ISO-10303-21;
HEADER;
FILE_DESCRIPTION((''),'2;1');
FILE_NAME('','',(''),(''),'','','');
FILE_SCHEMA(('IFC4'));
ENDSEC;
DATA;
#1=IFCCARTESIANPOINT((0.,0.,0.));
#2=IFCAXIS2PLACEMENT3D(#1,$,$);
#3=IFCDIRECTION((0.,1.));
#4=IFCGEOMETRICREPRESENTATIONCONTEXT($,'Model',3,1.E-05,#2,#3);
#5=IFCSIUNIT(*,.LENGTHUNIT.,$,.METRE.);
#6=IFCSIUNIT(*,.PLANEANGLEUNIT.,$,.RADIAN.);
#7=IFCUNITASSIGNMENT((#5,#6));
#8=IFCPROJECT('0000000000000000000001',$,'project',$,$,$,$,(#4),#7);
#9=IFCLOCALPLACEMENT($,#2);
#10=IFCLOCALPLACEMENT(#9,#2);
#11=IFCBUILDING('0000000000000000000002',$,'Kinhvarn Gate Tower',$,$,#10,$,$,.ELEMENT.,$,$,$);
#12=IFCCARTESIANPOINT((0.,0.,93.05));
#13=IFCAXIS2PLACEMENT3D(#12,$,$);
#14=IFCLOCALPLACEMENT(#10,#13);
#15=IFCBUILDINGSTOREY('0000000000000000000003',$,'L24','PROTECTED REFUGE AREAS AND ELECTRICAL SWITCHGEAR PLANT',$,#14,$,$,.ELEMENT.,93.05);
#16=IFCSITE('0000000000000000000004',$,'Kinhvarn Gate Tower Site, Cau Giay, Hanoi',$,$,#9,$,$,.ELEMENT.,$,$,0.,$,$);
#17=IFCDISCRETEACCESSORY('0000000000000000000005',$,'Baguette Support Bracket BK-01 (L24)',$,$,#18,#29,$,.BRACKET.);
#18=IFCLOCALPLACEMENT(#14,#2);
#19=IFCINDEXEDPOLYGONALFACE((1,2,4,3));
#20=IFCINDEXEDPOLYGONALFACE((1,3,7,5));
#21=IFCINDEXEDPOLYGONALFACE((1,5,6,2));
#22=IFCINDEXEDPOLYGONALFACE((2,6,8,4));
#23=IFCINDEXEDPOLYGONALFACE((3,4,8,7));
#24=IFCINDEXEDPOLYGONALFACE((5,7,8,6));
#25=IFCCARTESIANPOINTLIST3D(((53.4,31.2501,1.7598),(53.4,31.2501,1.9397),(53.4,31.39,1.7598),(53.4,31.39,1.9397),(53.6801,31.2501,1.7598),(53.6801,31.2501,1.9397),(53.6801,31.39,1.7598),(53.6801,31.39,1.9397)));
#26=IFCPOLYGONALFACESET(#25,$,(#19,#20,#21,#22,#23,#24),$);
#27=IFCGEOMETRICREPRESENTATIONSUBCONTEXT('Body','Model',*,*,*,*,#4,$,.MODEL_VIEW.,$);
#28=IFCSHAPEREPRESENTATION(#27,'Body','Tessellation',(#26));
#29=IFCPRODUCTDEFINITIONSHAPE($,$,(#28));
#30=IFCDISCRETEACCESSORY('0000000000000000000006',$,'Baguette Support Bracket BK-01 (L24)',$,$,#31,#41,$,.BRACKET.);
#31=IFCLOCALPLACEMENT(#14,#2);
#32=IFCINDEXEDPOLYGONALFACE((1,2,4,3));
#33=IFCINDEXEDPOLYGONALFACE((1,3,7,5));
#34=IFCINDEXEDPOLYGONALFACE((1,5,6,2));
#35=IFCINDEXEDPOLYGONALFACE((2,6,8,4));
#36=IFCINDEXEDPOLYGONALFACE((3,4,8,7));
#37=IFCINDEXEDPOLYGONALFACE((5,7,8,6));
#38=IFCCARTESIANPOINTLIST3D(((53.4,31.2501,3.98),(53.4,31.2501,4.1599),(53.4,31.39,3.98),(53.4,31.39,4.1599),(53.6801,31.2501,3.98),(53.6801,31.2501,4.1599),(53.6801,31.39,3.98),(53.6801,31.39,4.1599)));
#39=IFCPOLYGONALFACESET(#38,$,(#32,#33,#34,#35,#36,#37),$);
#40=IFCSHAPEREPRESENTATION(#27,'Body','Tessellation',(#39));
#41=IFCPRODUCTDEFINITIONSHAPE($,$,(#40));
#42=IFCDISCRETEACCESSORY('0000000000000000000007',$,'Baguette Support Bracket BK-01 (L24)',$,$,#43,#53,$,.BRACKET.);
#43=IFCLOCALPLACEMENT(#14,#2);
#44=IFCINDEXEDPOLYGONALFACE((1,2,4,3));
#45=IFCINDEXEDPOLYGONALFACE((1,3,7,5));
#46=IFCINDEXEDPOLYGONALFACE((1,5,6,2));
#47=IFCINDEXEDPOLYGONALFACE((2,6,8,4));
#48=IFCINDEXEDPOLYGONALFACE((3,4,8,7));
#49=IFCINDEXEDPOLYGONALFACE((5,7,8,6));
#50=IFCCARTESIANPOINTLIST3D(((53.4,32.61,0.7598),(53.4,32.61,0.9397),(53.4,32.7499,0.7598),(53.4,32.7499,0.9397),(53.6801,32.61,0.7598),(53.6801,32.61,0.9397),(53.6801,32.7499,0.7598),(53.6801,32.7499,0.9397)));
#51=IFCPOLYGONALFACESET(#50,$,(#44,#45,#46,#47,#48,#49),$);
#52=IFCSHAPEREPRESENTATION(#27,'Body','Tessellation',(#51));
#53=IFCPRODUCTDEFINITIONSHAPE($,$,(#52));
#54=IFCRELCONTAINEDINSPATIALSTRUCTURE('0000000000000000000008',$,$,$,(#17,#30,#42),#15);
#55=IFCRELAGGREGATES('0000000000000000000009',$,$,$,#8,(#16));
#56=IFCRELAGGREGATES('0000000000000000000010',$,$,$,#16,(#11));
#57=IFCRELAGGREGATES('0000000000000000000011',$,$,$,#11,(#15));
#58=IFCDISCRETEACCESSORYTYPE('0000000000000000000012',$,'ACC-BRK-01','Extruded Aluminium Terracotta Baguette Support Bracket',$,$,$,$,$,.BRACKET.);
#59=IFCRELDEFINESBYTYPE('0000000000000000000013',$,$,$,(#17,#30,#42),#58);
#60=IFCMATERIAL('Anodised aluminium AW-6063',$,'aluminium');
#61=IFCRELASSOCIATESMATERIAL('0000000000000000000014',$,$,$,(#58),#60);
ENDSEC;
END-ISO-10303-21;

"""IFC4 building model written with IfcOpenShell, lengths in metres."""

from ifc_helpers import new_model, si_unit, direction, frame, origin, origin_2d, place, context, subcontext, project, spatial, rectangle, extrude, material, type_object, element, save


model = new_model("IFC4")

# Units and contexts
model_context = context("Model", 3, precision=1e-05, world=origin(), true_north=direction((0.0, 1.0)))
body_context = subcontext(model_context, "Body", "Model", "MODEL_VIEW")
ifc_project = project(units=[si_unit("LENGTHUNIT", "METRE"), si_unit("PLANEANGLEUNIT", "RADIAN")], contexts=[model_context])

# Site, building, storey
site_placement = place(None, origin())
site = spatial("IfcSite", under=ifc_project, at=site_placement, Name="Kinhvarn Gate Tower Site, Cau Giay, Hanoi", CompositionType="ELEMENT", RefElevation=0.0)
building_placement = place(site_placement, origin())
building = spatial("IfcBuilding", under=site, at=building_placement, Name="Kinhvarn Gate Tower", CompositionType="ELEMENT")
storey_placement = place(building_placement, frame((0.0, 0.0, 93.05)))
storey = spatial("IfcBuildingStorey", under=building, at=storey_placement, Name="L24", Description="PROTECTED REFUGE AREAS AND ELECTRICAL SWITCHGEAR PLANT", CompositionType="ELEMENT", Elevation=93.05)

# Shared definitions
ifc_material_1 = material(Name="Anodised aluminium AW-6063", Category="aluminium")

# Discrete accessories
discrete_accessory_type = type_object("IfcDiscreteAccessoryType", Name="ACC-BRK-01", Description="Extruded Aluminium Terracotta Baguette Support Bracket", PredefinedType="BRACKET", material=ifc_material_1)
for number, where, z_axis, x_axis, name in (
    (1, (53.54, 31.3201, 1.7598), (0.0, 0.0, 1.0), (0.0, 1.0, 0.0), "Baguette Support Bracket BK-01 (L24)"),
    (2, (53.54, 31.3201, 3.98), (0.0, 0.0, 1.0), (0.0, 1.0, 0.0), "Baguette Support Bracket BK-01 (L24)"),
    (3, (53.54, 32.6799, 0.7598), (0.0, 0.0, 1.0), (0.0, 1.0, 0.0), "Baguette Support Bracket BK-01 (L24)"),
):
    element("IfcDiscreteAccessory", number, at=place(storey_placement, frame(where, z_axis=z_axis, x_axis=x_axis)), inside=storey, type_object=discrete_accessory_type, Name=name, PredefinedType="BRACKET", context=body_context, shape_type="SweptSolid", body=[
        extrude(rectangle(XDim=0.1399, YDim=0.28, at=origin_2d()), origin(), (0.0, 0.0, 1.0), 0.1799),
    ])

save(model, "model.ifc")
